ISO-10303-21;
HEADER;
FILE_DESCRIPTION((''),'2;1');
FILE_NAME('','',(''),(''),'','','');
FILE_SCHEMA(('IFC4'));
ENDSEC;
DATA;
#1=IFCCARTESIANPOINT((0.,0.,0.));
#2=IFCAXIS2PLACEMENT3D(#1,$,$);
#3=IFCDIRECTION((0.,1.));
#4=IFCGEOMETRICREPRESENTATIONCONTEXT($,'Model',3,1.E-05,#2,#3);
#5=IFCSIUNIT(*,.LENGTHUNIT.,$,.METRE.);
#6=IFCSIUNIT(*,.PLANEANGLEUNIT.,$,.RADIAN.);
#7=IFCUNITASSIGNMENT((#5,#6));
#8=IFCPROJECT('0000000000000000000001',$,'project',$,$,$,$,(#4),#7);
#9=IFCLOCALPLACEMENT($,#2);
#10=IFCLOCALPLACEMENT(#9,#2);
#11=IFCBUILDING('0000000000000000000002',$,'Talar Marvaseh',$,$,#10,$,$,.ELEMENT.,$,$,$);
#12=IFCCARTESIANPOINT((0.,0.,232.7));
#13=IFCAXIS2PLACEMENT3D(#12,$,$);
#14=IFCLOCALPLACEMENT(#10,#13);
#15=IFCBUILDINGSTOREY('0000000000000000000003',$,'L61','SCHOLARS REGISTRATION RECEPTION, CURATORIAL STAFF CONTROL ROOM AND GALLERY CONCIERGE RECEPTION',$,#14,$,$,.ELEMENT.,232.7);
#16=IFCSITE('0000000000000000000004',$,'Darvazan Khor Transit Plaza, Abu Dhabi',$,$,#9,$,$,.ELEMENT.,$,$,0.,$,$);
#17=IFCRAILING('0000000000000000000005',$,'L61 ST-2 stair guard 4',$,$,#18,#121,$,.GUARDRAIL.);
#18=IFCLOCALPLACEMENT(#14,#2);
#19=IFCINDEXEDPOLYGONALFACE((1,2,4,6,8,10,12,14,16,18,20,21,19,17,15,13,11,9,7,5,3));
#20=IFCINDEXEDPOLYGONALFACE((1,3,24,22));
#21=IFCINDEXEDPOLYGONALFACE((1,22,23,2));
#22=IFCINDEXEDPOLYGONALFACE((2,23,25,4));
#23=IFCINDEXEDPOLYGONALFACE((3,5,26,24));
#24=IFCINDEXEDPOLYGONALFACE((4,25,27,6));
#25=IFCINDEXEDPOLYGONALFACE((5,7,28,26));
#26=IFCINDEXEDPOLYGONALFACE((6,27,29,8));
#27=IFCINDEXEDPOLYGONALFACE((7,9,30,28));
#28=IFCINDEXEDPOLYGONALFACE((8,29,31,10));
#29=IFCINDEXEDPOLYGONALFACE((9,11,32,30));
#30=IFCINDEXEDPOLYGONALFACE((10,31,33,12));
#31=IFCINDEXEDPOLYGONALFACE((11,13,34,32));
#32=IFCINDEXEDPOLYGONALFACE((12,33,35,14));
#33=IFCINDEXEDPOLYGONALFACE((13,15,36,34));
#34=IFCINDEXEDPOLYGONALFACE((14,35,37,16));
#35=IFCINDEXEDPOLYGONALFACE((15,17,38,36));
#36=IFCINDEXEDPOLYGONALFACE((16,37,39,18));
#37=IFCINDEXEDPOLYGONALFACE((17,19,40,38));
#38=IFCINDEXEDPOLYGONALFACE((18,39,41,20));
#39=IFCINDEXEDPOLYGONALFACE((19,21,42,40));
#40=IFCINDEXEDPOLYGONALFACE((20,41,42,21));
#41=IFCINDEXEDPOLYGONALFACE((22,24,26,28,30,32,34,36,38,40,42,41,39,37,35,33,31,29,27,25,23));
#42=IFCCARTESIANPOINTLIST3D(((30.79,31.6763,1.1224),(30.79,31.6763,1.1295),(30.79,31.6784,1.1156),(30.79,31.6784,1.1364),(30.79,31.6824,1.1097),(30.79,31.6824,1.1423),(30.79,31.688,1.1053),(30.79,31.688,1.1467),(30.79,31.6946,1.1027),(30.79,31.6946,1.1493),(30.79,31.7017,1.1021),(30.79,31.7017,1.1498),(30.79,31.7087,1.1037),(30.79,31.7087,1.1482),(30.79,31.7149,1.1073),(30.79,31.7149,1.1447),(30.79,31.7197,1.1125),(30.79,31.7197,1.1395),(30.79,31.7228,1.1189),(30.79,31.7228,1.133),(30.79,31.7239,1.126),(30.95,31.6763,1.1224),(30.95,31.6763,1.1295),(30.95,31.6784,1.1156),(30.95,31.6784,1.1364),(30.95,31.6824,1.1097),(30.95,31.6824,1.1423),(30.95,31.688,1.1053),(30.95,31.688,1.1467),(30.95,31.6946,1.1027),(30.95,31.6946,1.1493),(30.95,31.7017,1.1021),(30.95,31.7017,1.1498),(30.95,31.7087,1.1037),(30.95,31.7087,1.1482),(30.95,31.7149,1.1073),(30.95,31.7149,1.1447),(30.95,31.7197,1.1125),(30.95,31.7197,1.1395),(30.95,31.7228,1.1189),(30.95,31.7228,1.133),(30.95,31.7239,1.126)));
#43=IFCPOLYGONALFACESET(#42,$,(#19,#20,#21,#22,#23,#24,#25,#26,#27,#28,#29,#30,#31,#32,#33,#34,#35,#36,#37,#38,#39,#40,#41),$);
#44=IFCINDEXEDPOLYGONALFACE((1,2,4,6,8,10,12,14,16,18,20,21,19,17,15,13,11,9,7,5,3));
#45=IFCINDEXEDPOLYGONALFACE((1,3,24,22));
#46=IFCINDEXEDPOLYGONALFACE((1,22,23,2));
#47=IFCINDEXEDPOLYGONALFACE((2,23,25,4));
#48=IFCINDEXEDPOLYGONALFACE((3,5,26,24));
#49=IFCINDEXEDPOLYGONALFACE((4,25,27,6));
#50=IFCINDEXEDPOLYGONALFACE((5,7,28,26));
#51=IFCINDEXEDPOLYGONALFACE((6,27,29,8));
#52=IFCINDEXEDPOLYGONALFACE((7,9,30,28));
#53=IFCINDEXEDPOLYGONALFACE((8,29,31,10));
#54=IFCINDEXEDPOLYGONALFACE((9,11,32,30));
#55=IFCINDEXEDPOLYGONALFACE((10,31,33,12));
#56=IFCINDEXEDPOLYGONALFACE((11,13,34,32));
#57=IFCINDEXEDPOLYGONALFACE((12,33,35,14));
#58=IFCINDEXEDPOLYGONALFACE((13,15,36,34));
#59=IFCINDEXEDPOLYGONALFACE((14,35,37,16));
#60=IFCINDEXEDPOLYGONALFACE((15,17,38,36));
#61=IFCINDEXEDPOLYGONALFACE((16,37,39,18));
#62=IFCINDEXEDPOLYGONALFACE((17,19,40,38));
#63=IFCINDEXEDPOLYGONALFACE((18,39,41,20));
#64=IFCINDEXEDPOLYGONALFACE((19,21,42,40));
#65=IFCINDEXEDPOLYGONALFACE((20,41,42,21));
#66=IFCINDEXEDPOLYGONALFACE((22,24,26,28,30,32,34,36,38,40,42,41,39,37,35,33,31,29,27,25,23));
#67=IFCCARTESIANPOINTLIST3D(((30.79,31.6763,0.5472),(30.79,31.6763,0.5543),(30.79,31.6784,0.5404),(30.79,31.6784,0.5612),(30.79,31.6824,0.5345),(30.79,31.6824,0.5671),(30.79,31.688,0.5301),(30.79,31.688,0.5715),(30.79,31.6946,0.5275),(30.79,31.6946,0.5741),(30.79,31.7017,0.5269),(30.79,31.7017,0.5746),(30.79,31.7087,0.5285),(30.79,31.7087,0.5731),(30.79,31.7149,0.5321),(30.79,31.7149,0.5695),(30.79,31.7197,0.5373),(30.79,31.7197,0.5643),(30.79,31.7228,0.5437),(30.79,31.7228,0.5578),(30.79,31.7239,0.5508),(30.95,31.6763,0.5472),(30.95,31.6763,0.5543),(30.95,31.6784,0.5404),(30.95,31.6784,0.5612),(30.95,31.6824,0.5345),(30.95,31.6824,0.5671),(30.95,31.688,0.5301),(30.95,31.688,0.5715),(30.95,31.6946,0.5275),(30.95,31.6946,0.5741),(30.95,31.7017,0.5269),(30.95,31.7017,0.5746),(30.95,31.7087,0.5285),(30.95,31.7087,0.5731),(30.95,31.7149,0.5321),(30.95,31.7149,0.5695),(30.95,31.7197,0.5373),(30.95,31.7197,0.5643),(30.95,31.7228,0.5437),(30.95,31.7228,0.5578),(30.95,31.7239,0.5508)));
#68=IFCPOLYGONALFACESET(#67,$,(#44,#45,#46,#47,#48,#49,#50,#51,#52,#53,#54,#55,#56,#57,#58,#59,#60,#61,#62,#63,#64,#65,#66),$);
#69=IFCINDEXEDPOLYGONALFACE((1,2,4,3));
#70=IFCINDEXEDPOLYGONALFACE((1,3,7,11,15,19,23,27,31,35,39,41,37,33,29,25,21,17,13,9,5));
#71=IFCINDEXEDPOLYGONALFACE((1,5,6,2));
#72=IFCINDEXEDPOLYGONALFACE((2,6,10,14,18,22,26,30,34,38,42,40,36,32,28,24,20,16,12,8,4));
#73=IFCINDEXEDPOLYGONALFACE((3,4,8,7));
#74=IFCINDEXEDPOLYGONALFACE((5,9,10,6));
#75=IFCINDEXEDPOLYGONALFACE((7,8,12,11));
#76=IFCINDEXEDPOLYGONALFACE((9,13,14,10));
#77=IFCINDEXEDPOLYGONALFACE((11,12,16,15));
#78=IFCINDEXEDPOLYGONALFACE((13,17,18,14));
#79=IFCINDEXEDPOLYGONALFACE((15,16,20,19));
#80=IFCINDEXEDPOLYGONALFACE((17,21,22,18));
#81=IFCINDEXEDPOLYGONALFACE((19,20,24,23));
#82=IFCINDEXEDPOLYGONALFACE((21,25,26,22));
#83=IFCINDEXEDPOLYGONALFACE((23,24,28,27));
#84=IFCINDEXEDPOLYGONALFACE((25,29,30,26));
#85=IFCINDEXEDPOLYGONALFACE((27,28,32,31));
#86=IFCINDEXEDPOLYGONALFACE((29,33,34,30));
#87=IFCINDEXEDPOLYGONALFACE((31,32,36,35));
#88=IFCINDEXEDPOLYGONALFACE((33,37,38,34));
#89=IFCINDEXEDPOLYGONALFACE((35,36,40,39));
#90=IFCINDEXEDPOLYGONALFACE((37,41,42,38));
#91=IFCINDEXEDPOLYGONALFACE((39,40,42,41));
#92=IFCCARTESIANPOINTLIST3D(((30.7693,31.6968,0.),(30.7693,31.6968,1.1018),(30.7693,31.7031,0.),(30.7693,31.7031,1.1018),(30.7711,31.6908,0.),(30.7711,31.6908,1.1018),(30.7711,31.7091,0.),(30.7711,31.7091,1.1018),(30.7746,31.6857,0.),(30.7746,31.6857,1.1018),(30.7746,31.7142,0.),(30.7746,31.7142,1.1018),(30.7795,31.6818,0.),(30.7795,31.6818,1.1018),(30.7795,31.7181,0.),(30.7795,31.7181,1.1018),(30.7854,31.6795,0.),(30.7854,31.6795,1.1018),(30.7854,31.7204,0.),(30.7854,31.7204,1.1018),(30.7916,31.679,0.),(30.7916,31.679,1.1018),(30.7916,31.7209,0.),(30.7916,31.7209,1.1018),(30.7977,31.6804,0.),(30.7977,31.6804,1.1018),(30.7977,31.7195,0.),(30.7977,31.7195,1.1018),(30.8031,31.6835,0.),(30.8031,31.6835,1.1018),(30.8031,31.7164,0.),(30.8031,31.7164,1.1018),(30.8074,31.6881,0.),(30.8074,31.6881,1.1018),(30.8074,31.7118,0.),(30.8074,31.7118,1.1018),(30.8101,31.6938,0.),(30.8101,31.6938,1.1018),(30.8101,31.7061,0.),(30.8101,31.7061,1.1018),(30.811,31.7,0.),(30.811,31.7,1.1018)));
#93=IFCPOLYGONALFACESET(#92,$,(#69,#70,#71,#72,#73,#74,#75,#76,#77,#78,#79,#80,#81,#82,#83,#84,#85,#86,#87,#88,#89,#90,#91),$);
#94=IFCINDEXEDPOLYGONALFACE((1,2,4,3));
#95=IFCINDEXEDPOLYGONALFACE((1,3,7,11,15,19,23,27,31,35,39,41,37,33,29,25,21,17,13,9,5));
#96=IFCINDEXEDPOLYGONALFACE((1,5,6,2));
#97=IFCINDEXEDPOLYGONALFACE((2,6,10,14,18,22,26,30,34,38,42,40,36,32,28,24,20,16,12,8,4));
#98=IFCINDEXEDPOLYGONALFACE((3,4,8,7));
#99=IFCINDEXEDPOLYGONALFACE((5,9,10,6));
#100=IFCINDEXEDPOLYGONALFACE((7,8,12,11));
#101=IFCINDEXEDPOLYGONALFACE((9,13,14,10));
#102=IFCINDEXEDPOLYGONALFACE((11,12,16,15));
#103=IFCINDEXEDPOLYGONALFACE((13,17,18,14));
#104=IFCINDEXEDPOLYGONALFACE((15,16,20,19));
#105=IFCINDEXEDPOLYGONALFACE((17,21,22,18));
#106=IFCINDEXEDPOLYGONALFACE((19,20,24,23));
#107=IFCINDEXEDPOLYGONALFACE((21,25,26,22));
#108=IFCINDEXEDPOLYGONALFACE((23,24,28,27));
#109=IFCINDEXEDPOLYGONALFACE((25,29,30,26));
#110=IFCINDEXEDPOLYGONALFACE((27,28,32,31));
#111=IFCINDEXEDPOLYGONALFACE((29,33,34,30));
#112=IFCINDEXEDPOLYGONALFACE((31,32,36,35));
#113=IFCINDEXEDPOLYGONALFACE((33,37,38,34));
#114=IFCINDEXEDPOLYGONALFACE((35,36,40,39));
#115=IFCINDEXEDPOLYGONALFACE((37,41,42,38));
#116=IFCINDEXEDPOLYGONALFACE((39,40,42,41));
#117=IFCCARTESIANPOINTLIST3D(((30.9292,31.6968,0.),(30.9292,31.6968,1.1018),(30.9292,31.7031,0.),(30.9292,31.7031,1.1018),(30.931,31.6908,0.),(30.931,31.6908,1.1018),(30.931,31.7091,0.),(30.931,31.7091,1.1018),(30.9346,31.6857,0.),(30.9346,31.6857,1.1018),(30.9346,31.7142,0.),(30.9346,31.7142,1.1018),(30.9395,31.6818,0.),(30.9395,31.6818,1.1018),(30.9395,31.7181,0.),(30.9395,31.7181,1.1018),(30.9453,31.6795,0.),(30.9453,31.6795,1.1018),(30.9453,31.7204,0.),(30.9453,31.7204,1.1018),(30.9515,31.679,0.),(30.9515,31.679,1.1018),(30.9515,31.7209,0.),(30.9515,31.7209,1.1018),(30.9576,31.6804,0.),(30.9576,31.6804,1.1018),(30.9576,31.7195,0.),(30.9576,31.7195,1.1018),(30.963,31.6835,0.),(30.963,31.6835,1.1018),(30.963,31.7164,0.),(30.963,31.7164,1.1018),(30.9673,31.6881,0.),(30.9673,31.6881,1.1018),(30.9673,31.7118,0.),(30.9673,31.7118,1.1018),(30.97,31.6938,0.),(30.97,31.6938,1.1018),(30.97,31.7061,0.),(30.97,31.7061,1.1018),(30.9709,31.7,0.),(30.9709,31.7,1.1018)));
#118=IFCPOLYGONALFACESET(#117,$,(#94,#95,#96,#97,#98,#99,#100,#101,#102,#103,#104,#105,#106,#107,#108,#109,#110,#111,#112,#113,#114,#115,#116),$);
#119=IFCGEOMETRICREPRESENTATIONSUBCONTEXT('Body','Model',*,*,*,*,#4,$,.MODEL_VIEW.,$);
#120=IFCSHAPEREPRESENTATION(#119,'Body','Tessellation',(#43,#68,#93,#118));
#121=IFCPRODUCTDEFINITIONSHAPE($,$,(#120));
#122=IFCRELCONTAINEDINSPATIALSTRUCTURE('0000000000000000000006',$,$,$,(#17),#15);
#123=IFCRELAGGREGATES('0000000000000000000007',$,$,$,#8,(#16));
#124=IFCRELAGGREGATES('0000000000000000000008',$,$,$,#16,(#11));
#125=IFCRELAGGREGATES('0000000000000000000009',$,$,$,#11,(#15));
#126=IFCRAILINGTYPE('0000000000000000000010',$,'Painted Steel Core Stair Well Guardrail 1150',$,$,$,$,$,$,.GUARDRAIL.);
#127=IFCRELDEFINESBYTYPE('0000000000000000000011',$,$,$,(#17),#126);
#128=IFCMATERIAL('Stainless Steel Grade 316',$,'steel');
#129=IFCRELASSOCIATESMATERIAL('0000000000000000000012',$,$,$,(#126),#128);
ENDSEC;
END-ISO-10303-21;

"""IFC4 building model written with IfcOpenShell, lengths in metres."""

from ifc_helpers import new_model, si_unit, direction, frame, origin, origin_2d, place, context, subcontext, project, spatial, circle, extrude, material, type_object, element, save


model = new_model("IFC4")

# Units and contexts
model_context = context("Model", 3, precision=1e-05, world=origin(), true_north=direction((0.0, 1.0)))
body_context = subcontext(model_context, "Body", "Model", "MODEL_VIEW")
ifc_project = project(units=[si_unit("LENGTHUNIT", "METRE"), si_unit("PLANEANGLEUNIT", "RADIAN")], contexts=[model_context])

# Site, building, storey
site_placement = place(None, origin())
site = spatial("IfcSite", under=ifc_project, at=site_placement, Name="Darvazan Khor Transit Plaza, Abu Dhabi", CompositionType="ELEMENT", RefElevation=0.0)
building_placement = place(site_placement, origin())
building = spatial("IfcBuilding", under=site, at=building_placement, Name="Talar Marvaseh", CompositionType="ELEMENT")
storey_placement = place(building_placement, frame((0.0, 0.0, 232.7)))
storey = spatial("IfcBuildingStorey", under=building, at=storey_placement, Name="L61", Description="SCHOLARS REGISTRATION RECEPTION, CURATORIAL STAFF CONTROL ROOM AND GALLERY CONCIERGE RECEPTION", CompositionType="ELEMENT", Elevation=232.7)

# Shared definitions
ifc_material_1 = material(Name="Stainless Steel Grade 316", Category="steel")

# Railing
railing_type_1 = type_object("IfcRailingType", Name="Painted Steel Core Stair Well Guardrail 1150", PredefinedType="GUARDRAIL", material=ifc_material_1)
railing_1_placement = place(storey_placement, frame((30.79, 31.7, 0.0)))
element("IfcRailing", 1, at=railing_1_placement, inside=storey, type_object=railing_type_1, Name="L61 ST-2 stair guard 4", PredefinedType="GUARDRAIL", context=body_context, shape_type="SweptSolid", body=[
    extrude(circle(Radius=0.0239, at=origin_2d()), frame((0.0, 0.0, 1.126), z_axis=(1.0, 0.0, 0.0), x_axis=(0.0, 1.0, 0.0)), (0.0, 0.0, 1.0), 0.1599),
    extrude(circle(Radius=0.0239, at=origin_2d()), frame((0.0, 0.0, 0.5508), z_axis=(1.0, 0.0, 0.0), x_axis=(0.0, 1.0, 0.0)), (0.0, 0.0, 1.0), 0.1599),
    extrude(circle(Radius=0.021, at=origin_2d()), origin(), (0.0, 0.0, 1.0), 1.1018),
    extrude(circle(Radius=0.021, at=origin_2d()), frame((0.1599, 0.0, 0.0)), (0.0, 0.0, 1.0), 1.1018),
])

save(model, "model.ifc")
